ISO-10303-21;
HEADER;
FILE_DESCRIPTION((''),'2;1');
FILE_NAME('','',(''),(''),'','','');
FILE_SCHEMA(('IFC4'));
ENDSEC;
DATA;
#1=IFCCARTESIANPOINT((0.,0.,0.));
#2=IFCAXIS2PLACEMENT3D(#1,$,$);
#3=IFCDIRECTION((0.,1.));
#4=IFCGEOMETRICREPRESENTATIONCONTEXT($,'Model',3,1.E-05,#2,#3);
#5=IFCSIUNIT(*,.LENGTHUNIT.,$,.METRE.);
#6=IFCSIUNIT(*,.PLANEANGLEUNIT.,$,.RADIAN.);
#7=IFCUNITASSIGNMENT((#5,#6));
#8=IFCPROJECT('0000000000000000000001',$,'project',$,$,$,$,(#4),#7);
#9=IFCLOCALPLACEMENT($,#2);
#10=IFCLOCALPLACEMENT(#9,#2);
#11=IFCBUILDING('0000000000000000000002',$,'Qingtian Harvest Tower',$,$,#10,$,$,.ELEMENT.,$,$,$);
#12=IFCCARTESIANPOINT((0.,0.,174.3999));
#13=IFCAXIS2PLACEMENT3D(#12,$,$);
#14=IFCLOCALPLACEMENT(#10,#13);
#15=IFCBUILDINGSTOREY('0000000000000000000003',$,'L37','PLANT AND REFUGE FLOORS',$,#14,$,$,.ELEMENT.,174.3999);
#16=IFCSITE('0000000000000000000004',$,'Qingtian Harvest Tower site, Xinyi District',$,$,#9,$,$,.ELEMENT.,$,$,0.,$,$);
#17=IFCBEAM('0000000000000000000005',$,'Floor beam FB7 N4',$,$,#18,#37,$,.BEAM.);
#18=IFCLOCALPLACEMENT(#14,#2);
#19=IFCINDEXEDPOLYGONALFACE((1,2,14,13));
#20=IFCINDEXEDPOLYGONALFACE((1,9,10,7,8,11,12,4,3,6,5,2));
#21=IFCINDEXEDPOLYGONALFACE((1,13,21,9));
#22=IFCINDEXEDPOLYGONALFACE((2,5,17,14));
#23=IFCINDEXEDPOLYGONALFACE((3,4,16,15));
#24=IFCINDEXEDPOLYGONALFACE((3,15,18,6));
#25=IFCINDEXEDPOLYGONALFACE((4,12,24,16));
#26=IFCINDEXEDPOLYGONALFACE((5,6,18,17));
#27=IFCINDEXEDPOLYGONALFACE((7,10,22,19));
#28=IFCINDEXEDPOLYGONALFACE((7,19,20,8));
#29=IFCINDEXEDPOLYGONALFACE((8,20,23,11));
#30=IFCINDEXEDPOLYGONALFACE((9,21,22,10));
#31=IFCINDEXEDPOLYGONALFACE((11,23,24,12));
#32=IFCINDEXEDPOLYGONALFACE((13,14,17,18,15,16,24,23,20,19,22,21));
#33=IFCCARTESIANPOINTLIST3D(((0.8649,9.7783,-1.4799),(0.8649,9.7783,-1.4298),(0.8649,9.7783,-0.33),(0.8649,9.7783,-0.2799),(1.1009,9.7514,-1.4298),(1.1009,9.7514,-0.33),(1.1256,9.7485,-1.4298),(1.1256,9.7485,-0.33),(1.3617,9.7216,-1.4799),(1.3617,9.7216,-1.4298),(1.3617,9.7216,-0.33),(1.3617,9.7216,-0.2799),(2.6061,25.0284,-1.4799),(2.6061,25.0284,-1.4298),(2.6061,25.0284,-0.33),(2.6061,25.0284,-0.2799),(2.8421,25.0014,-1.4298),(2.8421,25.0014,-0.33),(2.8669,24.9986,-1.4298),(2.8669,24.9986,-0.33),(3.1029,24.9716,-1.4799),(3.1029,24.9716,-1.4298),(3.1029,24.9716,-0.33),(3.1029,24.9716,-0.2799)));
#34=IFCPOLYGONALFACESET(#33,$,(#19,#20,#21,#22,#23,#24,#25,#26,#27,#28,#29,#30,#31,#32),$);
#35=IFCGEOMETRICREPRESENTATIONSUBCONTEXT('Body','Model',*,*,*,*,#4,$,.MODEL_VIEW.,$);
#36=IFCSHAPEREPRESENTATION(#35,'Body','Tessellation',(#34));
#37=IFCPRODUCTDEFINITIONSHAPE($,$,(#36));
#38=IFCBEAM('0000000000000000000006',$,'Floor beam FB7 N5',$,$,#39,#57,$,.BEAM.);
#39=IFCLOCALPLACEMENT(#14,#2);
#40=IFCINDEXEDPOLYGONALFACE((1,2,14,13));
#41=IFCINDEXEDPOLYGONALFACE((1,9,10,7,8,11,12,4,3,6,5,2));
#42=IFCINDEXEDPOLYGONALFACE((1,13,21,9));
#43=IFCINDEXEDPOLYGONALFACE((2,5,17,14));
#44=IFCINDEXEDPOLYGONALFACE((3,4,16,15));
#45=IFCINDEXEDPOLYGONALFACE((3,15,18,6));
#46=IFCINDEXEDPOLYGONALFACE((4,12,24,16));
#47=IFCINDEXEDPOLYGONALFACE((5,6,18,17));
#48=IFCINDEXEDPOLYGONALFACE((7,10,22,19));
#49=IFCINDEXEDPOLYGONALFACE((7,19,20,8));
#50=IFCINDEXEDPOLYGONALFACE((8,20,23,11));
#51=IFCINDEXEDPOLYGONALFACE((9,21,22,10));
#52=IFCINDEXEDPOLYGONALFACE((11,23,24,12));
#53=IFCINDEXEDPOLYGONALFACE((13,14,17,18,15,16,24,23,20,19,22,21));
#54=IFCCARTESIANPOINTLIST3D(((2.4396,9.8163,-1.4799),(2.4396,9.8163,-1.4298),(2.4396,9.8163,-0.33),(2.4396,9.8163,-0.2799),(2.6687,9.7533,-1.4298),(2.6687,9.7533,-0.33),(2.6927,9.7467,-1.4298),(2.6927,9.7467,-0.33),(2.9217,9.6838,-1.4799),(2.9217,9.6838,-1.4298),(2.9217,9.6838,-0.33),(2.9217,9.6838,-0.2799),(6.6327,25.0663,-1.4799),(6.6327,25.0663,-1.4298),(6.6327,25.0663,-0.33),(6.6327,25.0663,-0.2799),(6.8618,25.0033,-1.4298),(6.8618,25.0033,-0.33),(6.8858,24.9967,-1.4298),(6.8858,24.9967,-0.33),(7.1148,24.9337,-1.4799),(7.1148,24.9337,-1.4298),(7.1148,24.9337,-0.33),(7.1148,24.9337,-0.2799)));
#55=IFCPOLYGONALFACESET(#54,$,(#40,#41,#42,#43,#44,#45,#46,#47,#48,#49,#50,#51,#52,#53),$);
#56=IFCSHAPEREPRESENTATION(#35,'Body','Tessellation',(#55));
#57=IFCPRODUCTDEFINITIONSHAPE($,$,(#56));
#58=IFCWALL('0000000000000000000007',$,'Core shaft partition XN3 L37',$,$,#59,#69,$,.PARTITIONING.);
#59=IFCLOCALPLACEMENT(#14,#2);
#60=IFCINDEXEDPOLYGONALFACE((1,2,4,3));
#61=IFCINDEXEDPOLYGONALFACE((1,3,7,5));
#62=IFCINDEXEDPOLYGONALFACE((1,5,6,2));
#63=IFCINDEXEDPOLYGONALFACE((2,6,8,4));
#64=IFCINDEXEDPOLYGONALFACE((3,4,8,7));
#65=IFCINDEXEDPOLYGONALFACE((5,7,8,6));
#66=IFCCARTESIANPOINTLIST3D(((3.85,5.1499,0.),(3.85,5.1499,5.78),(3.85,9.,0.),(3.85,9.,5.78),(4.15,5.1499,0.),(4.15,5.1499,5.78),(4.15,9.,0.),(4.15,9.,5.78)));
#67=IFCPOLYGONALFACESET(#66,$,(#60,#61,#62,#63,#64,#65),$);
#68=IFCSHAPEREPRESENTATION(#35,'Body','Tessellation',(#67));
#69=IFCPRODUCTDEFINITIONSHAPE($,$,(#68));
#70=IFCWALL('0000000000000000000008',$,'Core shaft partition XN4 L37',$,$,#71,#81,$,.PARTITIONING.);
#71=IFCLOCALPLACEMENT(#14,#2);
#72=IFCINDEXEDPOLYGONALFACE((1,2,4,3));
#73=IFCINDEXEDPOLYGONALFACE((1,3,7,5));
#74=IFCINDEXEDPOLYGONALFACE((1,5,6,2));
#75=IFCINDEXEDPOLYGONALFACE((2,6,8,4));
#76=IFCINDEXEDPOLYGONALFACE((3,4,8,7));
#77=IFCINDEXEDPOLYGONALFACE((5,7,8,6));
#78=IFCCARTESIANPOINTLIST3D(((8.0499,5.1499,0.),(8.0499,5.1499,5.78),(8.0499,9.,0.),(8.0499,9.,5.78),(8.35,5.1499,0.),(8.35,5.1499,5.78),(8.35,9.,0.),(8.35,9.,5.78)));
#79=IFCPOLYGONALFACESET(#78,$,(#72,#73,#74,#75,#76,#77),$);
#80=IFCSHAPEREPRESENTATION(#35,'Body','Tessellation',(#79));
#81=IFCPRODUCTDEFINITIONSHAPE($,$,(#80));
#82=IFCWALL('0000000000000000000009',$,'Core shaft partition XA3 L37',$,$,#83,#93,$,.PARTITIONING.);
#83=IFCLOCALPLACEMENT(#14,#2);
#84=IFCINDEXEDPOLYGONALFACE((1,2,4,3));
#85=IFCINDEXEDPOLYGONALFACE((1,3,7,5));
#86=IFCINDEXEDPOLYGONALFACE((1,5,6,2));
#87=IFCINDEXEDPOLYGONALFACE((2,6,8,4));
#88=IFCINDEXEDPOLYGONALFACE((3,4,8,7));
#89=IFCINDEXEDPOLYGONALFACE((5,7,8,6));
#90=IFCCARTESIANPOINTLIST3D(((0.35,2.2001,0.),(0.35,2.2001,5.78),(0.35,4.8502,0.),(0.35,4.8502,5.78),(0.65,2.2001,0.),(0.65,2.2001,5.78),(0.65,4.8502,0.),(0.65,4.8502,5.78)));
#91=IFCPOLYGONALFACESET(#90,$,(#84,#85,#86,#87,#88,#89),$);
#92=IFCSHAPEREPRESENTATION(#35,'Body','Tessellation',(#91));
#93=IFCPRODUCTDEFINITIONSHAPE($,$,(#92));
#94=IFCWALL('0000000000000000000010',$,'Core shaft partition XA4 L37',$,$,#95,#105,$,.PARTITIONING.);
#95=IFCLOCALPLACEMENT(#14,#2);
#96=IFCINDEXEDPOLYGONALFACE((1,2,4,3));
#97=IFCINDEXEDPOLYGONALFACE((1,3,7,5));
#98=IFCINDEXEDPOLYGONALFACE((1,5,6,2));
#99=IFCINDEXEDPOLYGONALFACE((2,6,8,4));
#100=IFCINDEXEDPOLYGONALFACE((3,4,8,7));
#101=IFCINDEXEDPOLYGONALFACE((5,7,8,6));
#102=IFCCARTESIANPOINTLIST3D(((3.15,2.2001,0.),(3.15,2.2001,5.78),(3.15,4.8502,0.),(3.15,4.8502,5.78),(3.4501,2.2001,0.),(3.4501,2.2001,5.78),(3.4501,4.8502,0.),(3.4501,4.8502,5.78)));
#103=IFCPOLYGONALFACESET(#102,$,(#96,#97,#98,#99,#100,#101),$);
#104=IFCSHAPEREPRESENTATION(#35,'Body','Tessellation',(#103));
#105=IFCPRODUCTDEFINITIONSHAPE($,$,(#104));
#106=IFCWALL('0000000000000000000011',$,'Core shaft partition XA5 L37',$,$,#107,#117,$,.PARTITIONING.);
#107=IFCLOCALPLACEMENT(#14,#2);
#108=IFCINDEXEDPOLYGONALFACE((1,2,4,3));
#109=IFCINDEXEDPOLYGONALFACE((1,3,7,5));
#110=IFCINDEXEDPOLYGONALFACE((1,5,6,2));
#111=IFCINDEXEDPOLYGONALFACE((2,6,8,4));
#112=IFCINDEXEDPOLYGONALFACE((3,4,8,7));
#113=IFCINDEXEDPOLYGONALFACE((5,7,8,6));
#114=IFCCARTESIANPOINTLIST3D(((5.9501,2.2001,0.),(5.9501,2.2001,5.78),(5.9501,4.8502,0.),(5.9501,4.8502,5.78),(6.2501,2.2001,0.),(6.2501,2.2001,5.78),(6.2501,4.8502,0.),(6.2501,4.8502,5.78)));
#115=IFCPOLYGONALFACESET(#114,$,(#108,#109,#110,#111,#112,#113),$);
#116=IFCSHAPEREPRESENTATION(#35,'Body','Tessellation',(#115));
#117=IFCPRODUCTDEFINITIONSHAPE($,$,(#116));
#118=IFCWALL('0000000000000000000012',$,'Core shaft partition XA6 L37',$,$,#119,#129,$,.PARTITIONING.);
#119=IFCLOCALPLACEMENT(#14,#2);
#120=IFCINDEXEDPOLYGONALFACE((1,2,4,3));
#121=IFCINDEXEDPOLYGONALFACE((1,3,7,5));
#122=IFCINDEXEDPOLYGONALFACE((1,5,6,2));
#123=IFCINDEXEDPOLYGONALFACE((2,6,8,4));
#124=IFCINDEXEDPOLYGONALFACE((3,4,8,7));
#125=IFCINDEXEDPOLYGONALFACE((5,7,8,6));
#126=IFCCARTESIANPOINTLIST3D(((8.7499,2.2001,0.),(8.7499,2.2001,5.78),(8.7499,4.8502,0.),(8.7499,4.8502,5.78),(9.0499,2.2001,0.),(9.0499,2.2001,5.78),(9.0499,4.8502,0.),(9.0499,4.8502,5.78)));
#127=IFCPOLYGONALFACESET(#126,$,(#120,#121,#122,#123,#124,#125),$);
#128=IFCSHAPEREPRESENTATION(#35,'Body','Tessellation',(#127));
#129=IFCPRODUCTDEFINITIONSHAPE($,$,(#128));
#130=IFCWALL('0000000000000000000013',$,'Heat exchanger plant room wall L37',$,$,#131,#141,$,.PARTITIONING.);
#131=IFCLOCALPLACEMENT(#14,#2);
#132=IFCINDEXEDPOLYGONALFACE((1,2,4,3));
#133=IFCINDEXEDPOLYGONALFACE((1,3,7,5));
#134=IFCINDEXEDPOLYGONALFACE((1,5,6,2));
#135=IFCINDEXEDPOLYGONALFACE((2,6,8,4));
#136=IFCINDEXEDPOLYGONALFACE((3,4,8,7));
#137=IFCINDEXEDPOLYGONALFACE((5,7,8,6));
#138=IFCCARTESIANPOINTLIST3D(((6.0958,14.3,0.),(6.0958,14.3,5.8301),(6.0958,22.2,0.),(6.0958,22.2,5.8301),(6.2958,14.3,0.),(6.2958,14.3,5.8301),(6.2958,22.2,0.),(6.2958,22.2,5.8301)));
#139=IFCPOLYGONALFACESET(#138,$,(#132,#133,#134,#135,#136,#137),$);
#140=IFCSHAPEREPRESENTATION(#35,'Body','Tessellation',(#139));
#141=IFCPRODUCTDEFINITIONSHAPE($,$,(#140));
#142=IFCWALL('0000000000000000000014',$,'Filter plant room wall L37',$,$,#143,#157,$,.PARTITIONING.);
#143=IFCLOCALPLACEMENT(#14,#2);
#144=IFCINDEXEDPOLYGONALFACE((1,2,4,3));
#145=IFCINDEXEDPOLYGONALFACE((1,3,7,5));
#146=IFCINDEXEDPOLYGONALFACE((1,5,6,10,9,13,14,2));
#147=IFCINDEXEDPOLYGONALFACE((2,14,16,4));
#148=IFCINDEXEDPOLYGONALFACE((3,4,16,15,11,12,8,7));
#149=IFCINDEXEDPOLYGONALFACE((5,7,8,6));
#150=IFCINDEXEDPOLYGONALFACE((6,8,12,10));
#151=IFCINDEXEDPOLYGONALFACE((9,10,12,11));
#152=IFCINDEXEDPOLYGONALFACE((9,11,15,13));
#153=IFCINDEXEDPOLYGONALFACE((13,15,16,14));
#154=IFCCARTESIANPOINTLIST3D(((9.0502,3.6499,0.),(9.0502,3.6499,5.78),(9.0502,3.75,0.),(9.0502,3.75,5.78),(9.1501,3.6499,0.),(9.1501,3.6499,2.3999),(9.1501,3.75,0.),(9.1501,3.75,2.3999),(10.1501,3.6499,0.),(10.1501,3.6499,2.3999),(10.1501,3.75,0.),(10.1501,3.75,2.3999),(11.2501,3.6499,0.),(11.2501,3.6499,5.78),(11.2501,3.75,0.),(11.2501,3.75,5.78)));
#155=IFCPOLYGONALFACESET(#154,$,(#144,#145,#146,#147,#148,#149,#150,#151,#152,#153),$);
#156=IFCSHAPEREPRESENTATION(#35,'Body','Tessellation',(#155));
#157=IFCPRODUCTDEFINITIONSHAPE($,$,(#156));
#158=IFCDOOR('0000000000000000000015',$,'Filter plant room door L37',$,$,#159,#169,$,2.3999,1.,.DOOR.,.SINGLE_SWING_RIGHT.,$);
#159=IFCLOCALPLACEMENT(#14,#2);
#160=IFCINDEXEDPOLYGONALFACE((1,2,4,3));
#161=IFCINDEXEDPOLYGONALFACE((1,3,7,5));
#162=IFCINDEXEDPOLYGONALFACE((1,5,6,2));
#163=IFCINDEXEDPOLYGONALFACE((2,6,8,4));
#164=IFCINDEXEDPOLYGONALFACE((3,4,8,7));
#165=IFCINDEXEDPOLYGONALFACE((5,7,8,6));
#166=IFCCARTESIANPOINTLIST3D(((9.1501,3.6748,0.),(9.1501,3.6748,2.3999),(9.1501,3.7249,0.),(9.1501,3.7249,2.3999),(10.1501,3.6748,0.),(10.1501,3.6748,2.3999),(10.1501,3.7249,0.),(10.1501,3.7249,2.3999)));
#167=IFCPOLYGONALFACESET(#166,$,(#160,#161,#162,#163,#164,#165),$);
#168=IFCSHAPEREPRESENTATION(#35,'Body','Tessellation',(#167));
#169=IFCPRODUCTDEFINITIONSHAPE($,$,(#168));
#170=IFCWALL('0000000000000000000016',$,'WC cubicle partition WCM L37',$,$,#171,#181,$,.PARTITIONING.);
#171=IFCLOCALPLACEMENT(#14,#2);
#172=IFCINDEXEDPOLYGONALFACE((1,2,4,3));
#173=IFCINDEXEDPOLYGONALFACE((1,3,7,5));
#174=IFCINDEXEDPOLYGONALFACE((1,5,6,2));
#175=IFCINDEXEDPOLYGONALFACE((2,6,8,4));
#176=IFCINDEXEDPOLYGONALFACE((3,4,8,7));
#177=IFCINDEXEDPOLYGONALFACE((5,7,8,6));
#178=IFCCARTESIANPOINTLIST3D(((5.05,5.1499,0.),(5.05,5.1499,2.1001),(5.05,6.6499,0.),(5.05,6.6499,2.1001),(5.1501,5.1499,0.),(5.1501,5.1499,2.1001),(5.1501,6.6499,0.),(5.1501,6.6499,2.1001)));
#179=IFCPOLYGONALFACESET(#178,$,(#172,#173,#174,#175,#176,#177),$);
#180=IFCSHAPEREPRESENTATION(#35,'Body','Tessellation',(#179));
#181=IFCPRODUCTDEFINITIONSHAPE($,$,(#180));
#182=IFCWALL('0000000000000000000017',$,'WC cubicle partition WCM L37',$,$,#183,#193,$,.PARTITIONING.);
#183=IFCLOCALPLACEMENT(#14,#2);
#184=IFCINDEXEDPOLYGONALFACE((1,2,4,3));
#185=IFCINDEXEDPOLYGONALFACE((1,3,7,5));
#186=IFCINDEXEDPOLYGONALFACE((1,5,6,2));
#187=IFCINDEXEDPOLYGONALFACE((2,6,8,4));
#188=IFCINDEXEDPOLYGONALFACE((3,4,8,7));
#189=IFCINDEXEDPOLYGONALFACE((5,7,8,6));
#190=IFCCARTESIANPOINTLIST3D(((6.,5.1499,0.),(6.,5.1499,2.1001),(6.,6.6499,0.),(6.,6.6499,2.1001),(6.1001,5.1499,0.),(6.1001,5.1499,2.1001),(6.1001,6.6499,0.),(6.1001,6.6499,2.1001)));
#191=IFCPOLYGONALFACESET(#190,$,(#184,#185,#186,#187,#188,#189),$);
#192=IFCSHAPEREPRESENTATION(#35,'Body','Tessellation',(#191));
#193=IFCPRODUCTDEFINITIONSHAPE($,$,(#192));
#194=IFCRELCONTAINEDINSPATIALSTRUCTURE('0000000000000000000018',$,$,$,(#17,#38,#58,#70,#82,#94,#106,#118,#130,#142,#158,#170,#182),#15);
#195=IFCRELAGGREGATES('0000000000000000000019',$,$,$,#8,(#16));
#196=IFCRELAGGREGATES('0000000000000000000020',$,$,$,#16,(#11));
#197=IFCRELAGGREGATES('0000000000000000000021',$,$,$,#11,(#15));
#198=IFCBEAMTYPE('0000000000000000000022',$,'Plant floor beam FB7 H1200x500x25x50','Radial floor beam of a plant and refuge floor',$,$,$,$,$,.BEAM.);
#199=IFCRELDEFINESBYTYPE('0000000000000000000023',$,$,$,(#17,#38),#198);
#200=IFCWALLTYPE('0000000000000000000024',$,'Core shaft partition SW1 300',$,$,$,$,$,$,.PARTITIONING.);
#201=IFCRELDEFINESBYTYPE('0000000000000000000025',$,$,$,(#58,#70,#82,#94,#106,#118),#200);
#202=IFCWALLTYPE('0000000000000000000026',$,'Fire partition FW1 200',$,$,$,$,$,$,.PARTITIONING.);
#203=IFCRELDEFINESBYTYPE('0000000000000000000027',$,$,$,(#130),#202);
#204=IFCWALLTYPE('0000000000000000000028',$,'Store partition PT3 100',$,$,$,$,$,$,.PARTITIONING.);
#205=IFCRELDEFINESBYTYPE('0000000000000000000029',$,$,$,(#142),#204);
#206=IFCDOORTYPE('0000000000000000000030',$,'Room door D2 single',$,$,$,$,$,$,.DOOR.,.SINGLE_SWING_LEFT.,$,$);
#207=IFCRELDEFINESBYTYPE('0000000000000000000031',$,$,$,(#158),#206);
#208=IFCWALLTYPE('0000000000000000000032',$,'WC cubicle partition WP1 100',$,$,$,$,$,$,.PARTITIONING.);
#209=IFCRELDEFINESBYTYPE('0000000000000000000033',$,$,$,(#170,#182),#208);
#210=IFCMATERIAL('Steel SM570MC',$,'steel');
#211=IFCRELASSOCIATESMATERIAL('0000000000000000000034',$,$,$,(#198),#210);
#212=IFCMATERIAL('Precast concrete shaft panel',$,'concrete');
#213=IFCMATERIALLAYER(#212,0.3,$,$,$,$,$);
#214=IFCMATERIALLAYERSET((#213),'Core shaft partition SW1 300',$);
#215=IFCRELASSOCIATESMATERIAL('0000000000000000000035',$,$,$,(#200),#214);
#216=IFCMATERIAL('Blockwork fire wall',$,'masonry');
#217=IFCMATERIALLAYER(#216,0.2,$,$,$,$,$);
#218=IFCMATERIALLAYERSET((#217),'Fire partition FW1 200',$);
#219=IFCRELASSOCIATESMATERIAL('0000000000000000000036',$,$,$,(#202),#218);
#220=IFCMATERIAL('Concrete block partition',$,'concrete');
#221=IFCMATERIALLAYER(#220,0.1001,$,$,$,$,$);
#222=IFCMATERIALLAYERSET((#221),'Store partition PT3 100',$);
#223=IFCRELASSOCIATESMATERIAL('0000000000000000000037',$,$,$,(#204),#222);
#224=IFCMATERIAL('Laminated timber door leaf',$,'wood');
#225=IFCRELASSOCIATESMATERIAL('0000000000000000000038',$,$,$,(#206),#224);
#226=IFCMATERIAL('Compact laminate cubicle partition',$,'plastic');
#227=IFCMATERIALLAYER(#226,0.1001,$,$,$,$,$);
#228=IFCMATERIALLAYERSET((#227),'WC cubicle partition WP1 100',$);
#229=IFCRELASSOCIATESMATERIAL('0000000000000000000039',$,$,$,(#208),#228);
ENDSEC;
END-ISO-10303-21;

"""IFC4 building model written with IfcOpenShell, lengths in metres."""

from ifc_helpers import new_model, si_unit, direction, frame, frame_2d, origin, origin_2d, place, context, subcontext, project, spatial, rectangle, i_section, extrude, material, layer, layer_set, material_profile, profile_set, type_object, element, fill, save


model = new_model("IFC4")

# Units and contexts
model_context = context("Model", 3, precision=1e-05, world=origin(), true_north=direction((0.0, 1.0)))
body_context = subcontext(model_context, "Body", "Model", "MODEL_VIEW")
ifc_project = project(units=[si_unit("LENGTHUNIT", "METRE"), si_unit("PLANEANGLEUNIT", "RADIAN")], contexts=[model_context])

# Site, building, storey
site_placement = place(None, origin())
site = spatial("IfcSite", under=ifc_project, at=site_placement, Name="Qingtian Harvest Tower site, Xinyi District", CompositionType="ELEMENT", RefElevation=0.0)
building_placement = place(site_placement, origin())
building = spatial("IfcBuilding", under=site, at=building_placement, Name="Qingtian Harvest Tower", CompositionType="ELEMENT")
storey_placement = place(building_placement, frame((0.0, 0.0, 174.3999)))
storey = spatial("IfcBuildingStorey", under=building, at=storey_placement, Name="L37", Description="PLANT AND REFUGE FLOORS", CompositionType="ELEMENT", Elevation=174.3999)

# Beams
ifc_material_1 = material(Name="Steel SM570MC", Category="steel")
ifc_material_profile_1 = material_profile(ifc_material_1, i_section(OverallWidth=0.5, OverallDepth=1.2, WebThickness=0.0249, FlangeThickness=0.05, at=origin_2d()), Name="H1200x500x25x50")
ifc_profile_set_1 = profile_set([ifc_material_profile_1], Name="Steel SM570MC")
beam_type_1 = type_object("IfcBeamType", Name="Plant floor beam FB7 H1200x500x25x50", Description="Radial floor beam of a plant and refuge floor", PredefinedType="BEAM", material=ifc_profile_set_1)
beam_1_placement = place(storey_placement, frame((2.8545, 25.0, -0.8799), z_axis=(-0.113441, -0.993545, 0.0), x_axis=(0.993545, -0.113441, 0.0)))
element("IfcBeam", 1, at=beam_1_placement, inside=storey, type_object=beam_type_1, Name="Floor beam FB7 N4", PredefinedType="BEAM", context=body_context, shape_type="SweptSolid", body=[
    extrude(i_section(OverallWidth=0.5, OverallDepth=1.2, WebThickness=0.0249, FlangeThickness=0.05, at=origin_2d()), origin(), (0.0, 0.0, 1.0), 15.3491),
])
beam_2_placement = place(storey_placement, frame((6.8738, 25.0, -0.8799), z_axis=(-0.265119, -0.964216, 0.0), x_axis=(0.964216, -0.265119, 0.0)))
element("IfcBeam", 2, at=beam_2_placement, inside=storey, type_object=beam_type_1, Name="Floor beam FB7 N5", PredefinedType="BEAM", context=body_context, shape_type="SweptSolid", body=[
    extrude(i_section(OverallWidth=0.5, OverallDepth=1.2, WebThickness=0.0249, FlangeThickness=0.05, at=origin_2d()), origin(), (0.0, 0.0, 1.0), 15.8159),
])

# Shared definitions
ifc_material_2 = material(Name="Precast concrete shaft panel", Category="concrete")
ifc_layer_1 = layer(ifc_material_2, 0.3)
ifc_layer_set_1 = layer_set([ifc_layer_1], Name="Core shaft partition SW1 300")
wall_type_1 = type_object("IfcWallType", Name="Core shaft partition SW1 300", PredefinedType="PARTITIONING", material=ifc_layer_set_1)

# Walls
for number, where, z_axis, x_axis, name in (
    (3, (4.0, 5.1499, 0.0), (0.0, 0.0, 1.0), (0.0, 1.0, 0.0), "Core shaft partition XN3 L37"),
    (4, (8.2, 5.1499, 0.0), (0.0, 0.0, 1.0), (0.0, 1.0, 0.0), "Core shaft partition XN4 L37"),
):
    element("IfcWall", number, at=place(storey_placement, frame(where, z_axis=z_axis, x_axis=x_axis)), inside=storey, type_object=wall_type_1, Name=name, PredefinedType="PARTITIONING", context=body_context, shape_type="SweptSolid", body=[
        extrude(rectangle(XDim=3.8501, YDim=0.3, at=frame_2d((1.925, 0.0))), origin(), (0.0, 0.0, 1.0), 5.78),
    ])
for number, where, z_axis, x_axis, name in (
    (5, (0.5, 2.2, 0.0), (0.0, 0.0, 1.0), (0.0, 1.0, 0.0), "Core shaft partition XA3 L37"),
    (6, (3.3, 2.2, 0.0), (0.0, 0.0, 1.0), (0.0, 1.0, 0.0), "Core shaft partition XA4 L37"),
    (7, (6.1001, 2.2, 0.0), (0.0, 0.0, 1.0), (0.0, 1.0, 0.0), "Core shaft partition XA5 L37"),
    (8, (8.8999, 2.2, 0.0), (0.0, 0.0, 1.0), (0.0, 1.0, 0.0), "Core shaft partition XA6 L37"),
):
    element("IfcWall", number, at=place(storey_placement, frame(where, z_axis=z_axis, x_axis=x_axis)), inside=storey, type_object=wall_type_1, Name=name, PredefinedType="PARTITIONING", context=body_context, shape_type="SweptSolid", body=[
        extrude(rectangle(XDim=2.6501, YDim=0.3, at=frame_2d((1.3252, 0.0))), origin(), (0.0, 0.0, 1.0), 5.78),
    ])
ifc_material_3 = material(Name="Blockwork fire wall", Category="masonry")
ifc_layer_2 = layer(ifc_material_3, 0.2)
ifc_layer_set_2 = layer_set([ifc_layer_2], Name="Fire partition FW1 200")
wall_type_2 = type_object("IfcWallType", Name="Fire partition FW1 200", PredefinedType="PARTITIONING", material=ifc_layer_set_2)
wall_1_placement = place(storey_placement, frame((6.1958, 22.2, 0.0), z_axis=(0.0, 0.0, 1.0), x_axis=(0.0, -1.0, 0.0)))
element("IfcWall", 9, at=wall_1_placement, inside=storey, type_object=wall_type_2, Name="Heat exchanger plant room wall L37", PredefinedType="PARTITIONING", context=body_context, shape_type="SweptSolid", body=[
    extrude(rectangle(XDim=7.8999, YDim=0.2, at=frame_2d((3.95, 0.0))), origin(), (0.0, 0.0, 1.0), 5.8301),
])

# Wall, opening, door
ifc_material_4 = material(Name="Concrete block partition", Category="concrete")
ifc_layer_3 = layer(ifc_material_4, 0.1001)
ifc_layer_set_3 = layer_set([ifc_layer_3], Name="Store partition PT3 100")
wall_type_3 = type_object("IfcWallType", Name="Store partition PT3 100", PredefinedType="PARTITIONING", material=ifc_layer_set_3)
wall_2_placement = place(storey_placement, frame((9.05, 3.7, 0.0), z_axis=(0.0, 0.0, 1.0), x_axis=(1.0, 0.0, 0.0)))
wall_2 = element("IfcWall", 10, at=wall_2_placement, inside=storey, type_object=wall_type_3, Name="Filter plant room wall L37", PredefinedType="PARTITIONING", context=body_context, shape_type="SweptSolid", body=[
    extrude(rectangle(XDim=2.2, YDim=0.1001, at=frame_2d((1.1001, 0.0))), origin(), (0.0, 0.0, 1.0), 5.78),
])
opening_1_placement = place(wall_2_placement, frame((0.1001, 0.0, 0.0)))
opening_1 = element("IfcOpeningElement", 11, at=opening_1_placement, cuts=wall_2, PredefinedType="OPENING", context=body_context, shape_type="SweptSolid", body=[
    extrude(rectangle(XDim=1.0, YDim=2.3999, at=frame_2d((0.5, 1.2))), frame((0.0, 0.0601, 0.0), z_axis=(0.0, -1.0, 0.0), x_axis=(1.0, 0.0, 0.0)), (0.0, 0.0, 1.0), 0.1201),
])
ifc_material_5 = material(Name="Laminated timber door leaf", Category="wood")
door_type_1 = type_object("IfcDoorType", Name="Room door D2 single", OperationType="SINGLE_SWING_LEFT", PredefinedType="DOOR", material=ifc_material_5)
door_1_placement = place(opening_1_placement, origin())
door_1 = element("IfcDoor", 12, at=door_1_placement, inside=storey, type_object=door_type_1, Name="Filter plant room door L37", OperationType="SINGLE_SWING_RIGHT", OverallHeight=2.3999, OverallWidth=1.0, PredefinedType="DOOR", context=body_context, shape_type="SweptSolid", body=[
    extrude(rectangle(XDim=1.0, YDim=2.3999, at=frame_2d((0.5, 1.2))), frame((0.0, 0.0249, 0.0), z_axis=(0.0, -1.0, 0.0), x_axis=(1.0, 0.0, 0.0)), (0.0, 0.0, 1.0), 0.05),
])
fill(opening_1, door_1)

# Walls
ifc_material_6 = material(Name="Compact laminate cubicle partition", Category="plastic")
ifc_layer_4 = layer(ifc_material_6, 0.1001)
ifc_layer_set_4 = layer_set([ifc_layer_4], Name="WC cubicle partition WP1 100")
wall_type_4 = type_object("IfcWallType", Name="WC cubicle partition WP1 100", PredefinedType="PARTITIONING", material=ifc_layer_set_4)
for number, where, z_axis, x_axis, name in (
    (13, (5.1001, 5.1499, 0.0), (0.0, 0.0, 1.0), (0.0, 1.0, 0.0), "WC cubicle partition WCM L37"),
    (14, (6.05, 5.1499, 0.0), (0.0, 0.0, 1.0), (0.0, 1.0, 0.0), "WC cubicle partition WCM L37"),
):
    element("IfcWall", number, at=place(storey_placement, frame(where, z_axis=z_axis, x_axis=x_axis)), inside=storey, type_object=wall_type_4, Name=name, PredefinedType="PARTITIONING", context=body_context, shape_type="SweptSolid", body=[
        extrude(rectangle(XDim=1.5, YDim=0.1001, at=frame_2d((0.75, 0.0))), origin(), (0.0, 0.0, 1.0), 2.1001),
    ])

save(model, "model.ifc")
